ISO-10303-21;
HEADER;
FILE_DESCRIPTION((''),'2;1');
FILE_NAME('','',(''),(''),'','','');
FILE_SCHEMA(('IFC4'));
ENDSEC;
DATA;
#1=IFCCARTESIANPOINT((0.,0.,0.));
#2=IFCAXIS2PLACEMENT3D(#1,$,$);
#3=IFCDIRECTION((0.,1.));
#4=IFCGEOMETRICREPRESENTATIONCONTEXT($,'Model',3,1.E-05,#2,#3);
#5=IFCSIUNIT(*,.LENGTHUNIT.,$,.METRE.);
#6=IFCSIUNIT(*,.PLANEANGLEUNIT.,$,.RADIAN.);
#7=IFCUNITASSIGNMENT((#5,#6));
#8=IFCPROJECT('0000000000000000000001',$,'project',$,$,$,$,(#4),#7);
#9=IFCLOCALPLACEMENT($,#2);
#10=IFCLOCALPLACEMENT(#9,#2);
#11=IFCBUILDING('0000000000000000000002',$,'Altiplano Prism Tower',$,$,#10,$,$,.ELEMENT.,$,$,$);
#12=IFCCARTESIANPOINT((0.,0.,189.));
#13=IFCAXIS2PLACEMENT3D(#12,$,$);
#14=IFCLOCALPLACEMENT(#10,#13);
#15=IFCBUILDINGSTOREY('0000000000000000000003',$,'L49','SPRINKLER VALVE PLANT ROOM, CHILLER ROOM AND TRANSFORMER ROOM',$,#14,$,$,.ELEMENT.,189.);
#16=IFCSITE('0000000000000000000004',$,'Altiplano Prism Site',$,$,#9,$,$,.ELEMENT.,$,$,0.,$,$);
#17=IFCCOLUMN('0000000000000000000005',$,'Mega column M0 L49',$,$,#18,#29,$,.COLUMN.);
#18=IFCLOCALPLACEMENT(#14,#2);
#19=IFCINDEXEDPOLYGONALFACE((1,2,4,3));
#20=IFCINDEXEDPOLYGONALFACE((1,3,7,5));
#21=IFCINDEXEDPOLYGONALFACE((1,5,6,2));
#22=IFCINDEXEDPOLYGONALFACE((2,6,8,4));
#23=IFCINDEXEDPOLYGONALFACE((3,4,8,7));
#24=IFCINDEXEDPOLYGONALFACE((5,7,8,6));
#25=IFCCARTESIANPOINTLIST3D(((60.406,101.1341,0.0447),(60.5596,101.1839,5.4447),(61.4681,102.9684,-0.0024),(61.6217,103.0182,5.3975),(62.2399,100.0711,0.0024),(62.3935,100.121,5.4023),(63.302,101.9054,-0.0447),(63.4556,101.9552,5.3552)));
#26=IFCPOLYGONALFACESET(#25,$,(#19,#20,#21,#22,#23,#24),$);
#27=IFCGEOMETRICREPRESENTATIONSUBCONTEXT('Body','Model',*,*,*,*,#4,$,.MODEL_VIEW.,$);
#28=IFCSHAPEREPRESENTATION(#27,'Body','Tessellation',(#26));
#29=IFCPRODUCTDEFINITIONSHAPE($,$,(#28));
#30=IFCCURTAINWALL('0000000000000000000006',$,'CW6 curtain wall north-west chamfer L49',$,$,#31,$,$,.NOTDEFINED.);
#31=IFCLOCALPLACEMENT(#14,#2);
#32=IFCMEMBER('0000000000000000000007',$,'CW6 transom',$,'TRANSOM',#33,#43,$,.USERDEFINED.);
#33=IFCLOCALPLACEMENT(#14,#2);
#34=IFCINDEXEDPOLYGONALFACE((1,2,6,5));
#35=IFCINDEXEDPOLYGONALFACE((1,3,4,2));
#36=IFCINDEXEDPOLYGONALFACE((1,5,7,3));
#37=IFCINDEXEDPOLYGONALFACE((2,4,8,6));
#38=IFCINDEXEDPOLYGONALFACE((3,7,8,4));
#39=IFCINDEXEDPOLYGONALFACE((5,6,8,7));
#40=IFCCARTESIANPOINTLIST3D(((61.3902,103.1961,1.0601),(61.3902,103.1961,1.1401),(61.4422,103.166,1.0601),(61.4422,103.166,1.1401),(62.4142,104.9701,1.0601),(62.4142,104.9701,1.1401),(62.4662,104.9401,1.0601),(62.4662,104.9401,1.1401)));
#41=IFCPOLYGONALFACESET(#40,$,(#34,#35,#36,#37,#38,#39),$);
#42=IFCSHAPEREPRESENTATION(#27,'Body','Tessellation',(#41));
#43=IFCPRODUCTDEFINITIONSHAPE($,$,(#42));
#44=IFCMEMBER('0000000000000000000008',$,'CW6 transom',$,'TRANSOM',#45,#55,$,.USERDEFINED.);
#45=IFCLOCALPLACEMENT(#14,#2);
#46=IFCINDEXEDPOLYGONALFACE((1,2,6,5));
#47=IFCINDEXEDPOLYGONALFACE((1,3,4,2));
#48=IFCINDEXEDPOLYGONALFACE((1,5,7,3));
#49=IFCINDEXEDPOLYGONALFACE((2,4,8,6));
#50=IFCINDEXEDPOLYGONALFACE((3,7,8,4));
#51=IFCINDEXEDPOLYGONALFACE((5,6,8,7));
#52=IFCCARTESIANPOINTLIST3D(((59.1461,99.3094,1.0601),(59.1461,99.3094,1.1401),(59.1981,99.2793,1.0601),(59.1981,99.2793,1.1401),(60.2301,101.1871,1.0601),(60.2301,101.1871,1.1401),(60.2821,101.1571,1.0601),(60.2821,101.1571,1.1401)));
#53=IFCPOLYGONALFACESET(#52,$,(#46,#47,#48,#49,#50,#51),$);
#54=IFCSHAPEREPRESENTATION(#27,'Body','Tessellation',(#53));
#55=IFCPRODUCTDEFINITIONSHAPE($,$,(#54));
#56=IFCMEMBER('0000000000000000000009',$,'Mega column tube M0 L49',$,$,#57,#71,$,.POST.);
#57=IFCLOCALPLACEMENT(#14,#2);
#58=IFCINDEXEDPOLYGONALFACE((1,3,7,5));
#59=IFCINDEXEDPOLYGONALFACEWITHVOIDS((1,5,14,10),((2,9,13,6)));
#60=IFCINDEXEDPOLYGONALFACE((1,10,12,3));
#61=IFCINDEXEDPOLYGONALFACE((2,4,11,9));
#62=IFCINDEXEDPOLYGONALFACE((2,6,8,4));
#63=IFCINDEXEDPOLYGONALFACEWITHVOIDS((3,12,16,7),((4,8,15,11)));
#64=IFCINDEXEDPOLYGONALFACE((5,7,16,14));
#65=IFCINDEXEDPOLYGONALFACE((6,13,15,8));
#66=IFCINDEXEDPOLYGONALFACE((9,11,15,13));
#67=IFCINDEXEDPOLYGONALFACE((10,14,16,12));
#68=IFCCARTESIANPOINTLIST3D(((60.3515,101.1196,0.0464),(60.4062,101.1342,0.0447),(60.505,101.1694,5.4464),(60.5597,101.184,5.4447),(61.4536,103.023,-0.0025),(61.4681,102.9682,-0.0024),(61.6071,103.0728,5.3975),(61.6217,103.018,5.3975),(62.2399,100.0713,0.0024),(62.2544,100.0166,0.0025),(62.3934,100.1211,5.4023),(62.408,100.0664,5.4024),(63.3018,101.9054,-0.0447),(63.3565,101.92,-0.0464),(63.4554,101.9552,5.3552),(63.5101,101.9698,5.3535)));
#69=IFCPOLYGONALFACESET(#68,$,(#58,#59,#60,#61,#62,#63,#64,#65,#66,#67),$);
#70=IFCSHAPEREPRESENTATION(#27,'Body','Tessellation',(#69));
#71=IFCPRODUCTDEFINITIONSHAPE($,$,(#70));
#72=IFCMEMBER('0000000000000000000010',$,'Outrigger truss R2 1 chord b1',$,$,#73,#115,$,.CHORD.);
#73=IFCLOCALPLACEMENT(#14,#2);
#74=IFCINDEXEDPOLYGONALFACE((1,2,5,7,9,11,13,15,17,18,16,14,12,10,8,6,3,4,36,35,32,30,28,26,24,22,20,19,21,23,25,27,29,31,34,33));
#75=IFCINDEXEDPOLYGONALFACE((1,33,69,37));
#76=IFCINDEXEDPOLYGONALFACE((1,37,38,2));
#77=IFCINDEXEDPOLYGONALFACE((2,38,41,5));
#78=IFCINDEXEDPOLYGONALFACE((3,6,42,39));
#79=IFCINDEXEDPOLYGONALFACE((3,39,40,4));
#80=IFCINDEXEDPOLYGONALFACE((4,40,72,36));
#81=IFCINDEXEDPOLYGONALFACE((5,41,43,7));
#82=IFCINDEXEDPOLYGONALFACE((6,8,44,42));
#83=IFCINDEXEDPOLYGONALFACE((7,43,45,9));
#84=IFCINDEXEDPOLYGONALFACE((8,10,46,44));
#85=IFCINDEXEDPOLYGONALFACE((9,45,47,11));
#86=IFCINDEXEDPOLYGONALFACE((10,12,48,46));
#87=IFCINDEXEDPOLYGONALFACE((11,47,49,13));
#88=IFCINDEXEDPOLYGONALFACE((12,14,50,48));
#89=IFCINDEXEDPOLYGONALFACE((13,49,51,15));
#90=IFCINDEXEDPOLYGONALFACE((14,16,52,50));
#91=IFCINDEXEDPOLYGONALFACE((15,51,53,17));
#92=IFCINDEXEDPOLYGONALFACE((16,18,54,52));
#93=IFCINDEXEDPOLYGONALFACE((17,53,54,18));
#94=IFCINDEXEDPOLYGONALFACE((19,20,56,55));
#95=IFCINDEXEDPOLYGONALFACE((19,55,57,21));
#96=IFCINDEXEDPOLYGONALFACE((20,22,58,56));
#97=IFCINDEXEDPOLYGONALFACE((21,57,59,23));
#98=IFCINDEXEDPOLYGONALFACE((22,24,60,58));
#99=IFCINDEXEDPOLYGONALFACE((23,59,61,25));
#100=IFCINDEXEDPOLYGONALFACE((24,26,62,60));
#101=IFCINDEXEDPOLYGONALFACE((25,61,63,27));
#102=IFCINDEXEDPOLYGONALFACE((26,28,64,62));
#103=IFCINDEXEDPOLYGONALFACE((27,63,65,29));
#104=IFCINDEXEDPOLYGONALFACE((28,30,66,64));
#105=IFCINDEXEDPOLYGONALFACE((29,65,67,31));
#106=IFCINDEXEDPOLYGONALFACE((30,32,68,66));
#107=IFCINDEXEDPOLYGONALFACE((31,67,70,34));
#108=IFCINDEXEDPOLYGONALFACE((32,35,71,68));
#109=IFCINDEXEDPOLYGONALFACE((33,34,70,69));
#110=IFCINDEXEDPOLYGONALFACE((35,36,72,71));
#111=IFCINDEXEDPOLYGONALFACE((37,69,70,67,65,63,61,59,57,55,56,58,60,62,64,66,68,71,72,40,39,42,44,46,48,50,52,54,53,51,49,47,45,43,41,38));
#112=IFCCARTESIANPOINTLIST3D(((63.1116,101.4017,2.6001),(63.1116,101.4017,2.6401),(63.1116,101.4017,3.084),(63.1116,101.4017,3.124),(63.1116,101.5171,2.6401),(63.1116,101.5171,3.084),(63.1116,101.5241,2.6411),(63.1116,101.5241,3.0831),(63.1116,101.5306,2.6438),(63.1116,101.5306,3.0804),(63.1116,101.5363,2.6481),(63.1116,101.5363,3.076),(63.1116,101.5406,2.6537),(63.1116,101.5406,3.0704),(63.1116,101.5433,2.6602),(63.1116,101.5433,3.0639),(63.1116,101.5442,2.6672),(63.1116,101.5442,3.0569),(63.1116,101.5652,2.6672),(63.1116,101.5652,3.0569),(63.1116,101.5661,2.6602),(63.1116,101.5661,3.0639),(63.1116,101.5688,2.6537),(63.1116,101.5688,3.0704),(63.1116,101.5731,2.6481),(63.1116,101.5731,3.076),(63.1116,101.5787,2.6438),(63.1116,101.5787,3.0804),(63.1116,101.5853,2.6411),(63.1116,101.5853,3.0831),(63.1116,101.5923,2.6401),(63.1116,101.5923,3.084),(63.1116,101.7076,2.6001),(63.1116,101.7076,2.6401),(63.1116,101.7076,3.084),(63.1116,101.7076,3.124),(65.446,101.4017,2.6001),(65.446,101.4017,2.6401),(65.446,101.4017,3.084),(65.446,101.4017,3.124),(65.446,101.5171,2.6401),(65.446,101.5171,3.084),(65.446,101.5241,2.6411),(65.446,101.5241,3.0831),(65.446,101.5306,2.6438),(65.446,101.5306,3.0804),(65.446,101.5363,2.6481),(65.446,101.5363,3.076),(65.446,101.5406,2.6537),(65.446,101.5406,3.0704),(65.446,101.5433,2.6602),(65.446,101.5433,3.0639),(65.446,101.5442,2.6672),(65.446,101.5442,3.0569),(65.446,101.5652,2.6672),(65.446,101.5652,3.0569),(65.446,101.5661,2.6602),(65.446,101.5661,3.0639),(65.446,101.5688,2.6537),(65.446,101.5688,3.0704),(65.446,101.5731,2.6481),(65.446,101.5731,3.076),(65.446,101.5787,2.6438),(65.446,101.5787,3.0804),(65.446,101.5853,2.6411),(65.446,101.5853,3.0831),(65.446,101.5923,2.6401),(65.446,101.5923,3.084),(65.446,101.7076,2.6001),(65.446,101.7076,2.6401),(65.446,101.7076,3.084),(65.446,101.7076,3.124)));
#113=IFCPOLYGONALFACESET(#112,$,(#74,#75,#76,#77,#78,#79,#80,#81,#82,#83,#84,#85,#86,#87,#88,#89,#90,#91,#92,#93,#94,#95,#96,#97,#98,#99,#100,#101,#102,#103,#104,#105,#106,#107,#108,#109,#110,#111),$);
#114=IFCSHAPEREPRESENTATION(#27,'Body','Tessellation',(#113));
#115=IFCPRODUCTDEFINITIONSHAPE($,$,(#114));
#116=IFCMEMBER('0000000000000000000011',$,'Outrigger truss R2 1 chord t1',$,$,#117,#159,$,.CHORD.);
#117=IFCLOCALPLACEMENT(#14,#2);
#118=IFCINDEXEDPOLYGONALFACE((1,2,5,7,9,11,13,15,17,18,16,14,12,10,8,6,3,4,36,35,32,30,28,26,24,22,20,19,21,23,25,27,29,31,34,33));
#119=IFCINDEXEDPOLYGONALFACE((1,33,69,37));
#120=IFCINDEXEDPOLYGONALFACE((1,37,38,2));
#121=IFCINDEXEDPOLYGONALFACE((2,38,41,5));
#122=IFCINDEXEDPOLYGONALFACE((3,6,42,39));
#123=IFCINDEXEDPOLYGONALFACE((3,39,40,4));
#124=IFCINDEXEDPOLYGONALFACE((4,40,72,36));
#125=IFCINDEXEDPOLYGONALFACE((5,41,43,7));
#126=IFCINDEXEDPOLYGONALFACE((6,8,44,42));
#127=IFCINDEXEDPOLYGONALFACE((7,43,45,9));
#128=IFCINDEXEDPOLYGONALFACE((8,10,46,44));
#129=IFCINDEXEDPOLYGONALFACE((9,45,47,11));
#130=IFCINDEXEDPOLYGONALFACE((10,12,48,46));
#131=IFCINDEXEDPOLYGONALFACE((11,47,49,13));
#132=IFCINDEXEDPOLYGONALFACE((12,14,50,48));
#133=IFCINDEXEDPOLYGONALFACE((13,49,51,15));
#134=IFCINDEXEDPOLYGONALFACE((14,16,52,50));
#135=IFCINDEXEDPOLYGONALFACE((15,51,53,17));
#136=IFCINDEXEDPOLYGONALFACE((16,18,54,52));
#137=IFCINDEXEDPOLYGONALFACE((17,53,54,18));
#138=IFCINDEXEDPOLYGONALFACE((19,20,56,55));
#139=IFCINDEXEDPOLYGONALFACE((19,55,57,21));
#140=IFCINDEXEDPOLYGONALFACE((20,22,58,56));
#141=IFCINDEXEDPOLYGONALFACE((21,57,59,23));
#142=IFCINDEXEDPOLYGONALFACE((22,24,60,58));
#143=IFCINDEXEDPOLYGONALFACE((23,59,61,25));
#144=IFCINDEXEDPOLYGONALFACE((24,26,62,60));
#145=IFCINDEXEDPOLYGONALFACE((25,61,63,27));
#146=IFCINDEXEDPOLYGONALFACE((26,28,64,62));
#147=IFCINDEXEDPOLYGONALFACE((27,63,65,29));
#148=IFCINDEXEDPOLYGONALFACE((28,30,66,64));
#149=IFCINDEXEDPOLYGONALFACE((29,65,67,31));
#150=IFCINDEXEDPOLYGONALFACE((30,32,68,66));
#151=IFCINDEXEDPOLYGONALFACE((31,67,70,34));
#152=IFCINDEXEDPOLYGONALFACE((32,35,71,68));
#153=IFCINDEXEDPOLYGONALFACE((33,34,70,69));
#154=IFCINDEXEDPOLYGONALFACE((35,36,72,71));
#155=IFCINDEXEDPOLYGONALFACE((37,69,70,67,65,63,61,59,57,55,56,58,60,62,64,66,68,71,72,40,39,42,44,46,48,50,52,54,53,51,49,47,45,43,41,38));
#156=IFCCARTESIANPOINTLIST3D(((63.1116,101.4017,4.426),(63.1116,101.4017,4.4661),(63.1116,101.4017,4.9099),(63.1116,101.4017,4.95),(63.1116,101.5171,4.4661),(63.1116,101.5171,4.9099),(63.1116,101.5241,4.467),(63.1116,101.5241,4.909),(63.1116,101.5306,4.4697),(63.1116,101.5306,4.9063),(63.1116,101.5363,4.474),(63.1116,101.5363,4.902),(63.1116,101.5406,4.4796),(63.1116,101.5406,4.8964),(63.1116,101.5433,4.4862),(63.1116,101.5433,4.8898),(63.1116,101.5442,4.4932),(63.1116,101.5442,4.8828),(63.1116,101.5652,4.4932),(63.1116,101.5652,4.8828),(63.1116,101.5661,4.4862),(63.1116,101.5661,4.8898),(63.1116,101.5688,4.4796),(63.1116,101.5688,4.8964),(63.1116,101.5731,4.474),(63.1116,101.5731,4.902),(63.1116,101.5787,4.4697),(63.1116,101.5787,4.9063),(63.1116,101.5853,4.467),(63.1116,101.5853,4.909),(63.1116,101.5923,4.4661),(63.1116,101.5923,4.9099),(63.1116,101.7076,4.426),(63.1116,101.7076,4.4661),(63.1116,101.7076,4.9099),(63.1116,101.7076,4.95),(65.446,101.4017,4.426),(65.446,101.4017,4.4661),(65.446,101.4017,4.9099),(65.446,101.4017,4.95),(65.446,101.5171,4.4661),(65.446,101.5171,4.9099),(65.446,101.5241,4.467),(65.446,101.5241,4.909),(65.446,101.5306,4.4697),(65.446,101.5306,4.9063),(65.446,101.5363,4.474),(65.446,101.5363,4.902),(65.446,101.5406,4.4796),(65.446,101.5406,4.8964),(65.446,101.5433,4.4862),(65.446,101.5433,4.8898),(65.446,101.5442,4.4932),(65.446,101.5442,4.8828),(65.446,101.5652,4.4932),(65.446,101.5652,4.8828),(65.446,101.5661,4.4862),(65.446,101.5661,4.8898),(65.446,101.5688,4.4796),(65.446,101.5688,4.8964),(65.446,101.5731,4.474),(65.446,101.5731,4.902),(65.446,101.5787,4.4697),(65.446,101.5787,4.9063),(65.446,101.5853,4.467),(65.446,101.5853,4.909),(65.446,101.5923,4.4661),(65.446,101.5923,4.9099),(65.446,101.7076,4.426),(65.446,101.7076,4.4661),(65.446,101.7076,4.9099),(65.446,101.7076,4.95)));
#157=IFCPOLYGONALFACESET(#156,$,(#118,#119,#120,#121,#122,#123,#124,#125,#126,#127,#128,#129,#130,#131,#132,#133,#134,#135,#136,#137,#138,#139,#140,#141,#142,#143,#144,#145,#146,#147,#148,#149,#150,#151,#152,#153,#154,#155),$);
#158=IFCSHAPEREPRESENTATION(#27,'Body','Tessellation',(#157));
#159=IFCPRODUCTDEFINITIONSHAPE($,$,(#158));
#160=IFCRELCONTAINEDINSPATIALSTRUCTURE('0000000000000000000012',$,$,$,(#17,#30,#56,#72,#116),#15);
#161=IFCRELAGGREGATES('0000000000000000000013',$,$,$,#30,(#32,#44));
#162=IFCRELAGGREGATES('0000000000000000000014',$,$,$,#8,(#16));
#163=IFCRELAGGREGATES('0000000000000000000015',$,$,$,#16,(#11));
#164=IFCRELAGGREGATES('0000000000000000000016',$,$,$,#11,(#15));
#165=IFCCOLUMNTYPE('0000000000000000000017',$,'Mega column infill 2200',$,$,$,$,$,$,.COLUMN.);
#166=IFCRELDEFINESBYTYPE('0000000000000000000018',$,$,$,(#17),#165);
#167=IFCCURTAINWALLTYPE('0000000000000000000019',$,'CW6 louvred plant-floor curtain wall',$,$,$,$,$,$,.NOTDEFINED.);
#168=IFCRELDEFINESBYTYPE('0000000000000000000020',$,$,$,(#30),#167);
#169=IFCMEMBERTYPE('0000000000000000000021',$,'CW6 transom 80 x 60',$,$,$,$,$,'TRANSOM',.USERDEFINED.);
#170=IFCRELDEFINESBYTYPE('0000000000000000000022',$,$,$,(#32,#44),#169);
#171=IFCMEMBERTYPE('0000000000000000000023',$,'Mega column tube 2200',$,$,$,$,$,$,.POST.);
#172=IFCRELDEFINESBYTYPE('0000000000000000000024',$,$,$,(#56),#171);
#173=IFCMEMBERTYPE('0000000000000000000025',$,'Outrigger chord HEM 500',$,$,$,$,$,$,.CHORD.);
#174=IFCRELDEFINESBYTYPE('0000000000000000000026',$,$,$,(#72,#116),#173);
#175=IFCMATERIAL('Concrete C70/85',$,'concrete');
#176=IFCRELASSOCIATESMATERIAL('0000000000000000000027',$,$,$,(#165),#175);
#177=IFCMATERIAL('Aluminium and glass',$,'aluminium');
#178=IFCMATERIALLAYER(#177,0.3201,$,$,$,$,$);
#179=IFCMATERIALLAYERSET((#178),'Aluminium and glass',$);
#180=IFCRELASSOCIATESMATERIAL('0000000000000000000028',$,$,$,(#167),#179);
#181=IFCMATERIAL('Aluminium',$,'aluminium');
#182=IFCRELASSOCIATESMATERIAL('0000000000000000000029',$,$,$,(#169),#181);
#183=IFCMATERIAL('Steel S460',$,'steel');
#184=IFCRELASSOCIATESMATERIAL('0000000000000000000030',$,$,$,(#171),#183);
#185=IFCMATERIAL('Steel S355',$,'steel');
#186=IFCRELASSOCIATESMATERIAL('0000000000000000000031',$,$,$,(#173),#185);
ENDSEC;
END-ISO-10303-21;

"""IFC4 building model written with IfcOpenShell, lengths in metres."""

from ifc_helpers import new_model, si_unit, direction, frame, origin, origin_2d, place, context, subcontext, project, spatial, rectangle, hollow_rectangle, i_section, extrude, material, layer, layer_set, material_profile, profile_set, type_object, element, aggregate, save


model = new_model("IFC4")

# Units and contexts
model_context = context("Model", 3, precision=1e-05, world=origin(), true_north=direction((0.0, 1.0)))
body_context = subcontext(model_context, "Body", "Model", "MODEL_VIEW")
ifc_project = project(units=[si_unit("LENGTHUNIT", "METRE"), si_unit("PLANEANGLEUNIT", "RADIAN")], contexts=[model_context])

# Site, building, storey
site_placement = place(None, origin())
site = spatial("IfcSite", under=ifc_project, at=site_placement, Name="Altiplano Prism Site", CompositionType="ELEMENT", RefElevation=0.0)
building_placement = place(site_placement, origin())
building = spatial("IfcBuilding", under=site, at=building_placement, Name="Altiplano Prism Tower", CompositionType="ELEMENT")
storey_placement = place(building_placement, frame((0.0, 0.0, 189.0)))
storey = spatial("IfcBuildingStorey", under=building, at=storey_placement, Name="L49", Description="SPRINKLER VALVE PLANT ROOM, CHILLER ROOM AND TRANSFORMER ROOM", CompositionType="ELEMENT", Elevation=189.0)

# Column
ifc_material_1 = material(Name="Concrete C70/85", Category="concrete")
ifc_material_profile_1 = material_profile(ifc_material_1, rectangle(XDim=2.1201, YDim=2.1201, at=origin_2d()), Name="Mega column infill 2200")
ifc_profile_set_1 = profile_set([ifc_material_profile_1], Name="Concrete C70/85")
column_type = type_object("IfcColumnType", Name="Mega column infill 2200", PredefinedType="COLUMN", material=ifc_profile_set_1)
column_placement = place(storey_placement, frame((61.854, 101.5198, 0.0), z_axis=(0.028426, 0.009219, 0.999553), x_axis=(-0.865003, 0.501369, 0.019975)))
element("IfcColumn", 1, at=column_placement, inside=storey, type_object=column_type, Name="Mega column M0 L49", PredefinedType="COLUMN", context=body_context, shape_type="SweptSolid", body=[
    extrude(rectangle(XDim=2.1201, YDim=2.1201, at=origin_2d()), origin(), (0.0, 0.0, 1.0), 5.4023),
])

# Curtain wall, members
ifc_material_2 = material(Name="Aluminium and glass", Category="aluminium")
ifc_layer_1 = layer(ifc_material_2, 0.3201)
ifc_layer_set_1 = layer_set([ifc_layer_1], Name="Aluminium and glass")
curtain_wall_type = type_object("IfcCurtainWallType", Name="CW6 louvred plant-floor curtain wall", PredefinedType="NOTDEFINED", material=ifc_layer_set_1)
curtain_wall_placement = place(storey_placement, origin())
curtain_wall = element("IfcCurtainWall", 2, at=curtain_wall_placement, inside=storey, type_object=curtain_wall_type, Name="CW6 curtain wall north-west chamfer L49", PredefinedType="NOTDEFINED")
ifc_material_3 = material(Name="Aluminium", Category="aluminium")
ifc_material_profile_2 = material_profile(ifc_material_3, rectangle(XDim=0.0601, YDim=0.0801, at=origin_2d()), Name="CW6 transom 80 x 60")
ifc_profile_set_2 = profile_set([ifc_material_profile_2], Name="Aluminium")
member_type_1 = type_object("IfcMemberType", Name="CW6 transom 80 x 60", ElementType="TRANSOM", PredefinedType="USERDEFINED", material=ifc_profile_set_2)
member_1_placement = place(storey_placement, frame((62.4402, 104.9551, 1.1001), z_axis=(-0.499908, -0.866078, 0.0), x_axis=(0.866078, -0.499908, 0.0)))
member_1 = element("IfcMember", 3, at=member_1_placement, type_object=member_type_1, Name="CW6 transom", ObjectType="TRANSOM", PredefinedType="USERDEFINED", context=body_context, shape_type="SweptSolid", body=[
    extrude(rectangle(XDim=0.0601, YDim=0.0801, at=origin_2d()), origin(), (0.0, 0.0, 1.0), 2.0483),
])
member_2_placement = place(storey_placement, frame((60.2561, 101.1721, 1.1001), z_axis=(-0.499966, -0.866045, 0.0), x_axis=(0.866045, -0.499966, 0.0)))
member_2 = element("IfcMember", 4, at=member_2_placement, type_object=member_type_1, Name="CW6 transom", ObjectType="TRANSOM", PredefinedType="USERDEFINED", context=body_context, shape_type="SweptSolid", body=[
    extrude(rectangle(XDim=0.0601, YDim=0.0801, at=origin_2d()), origin(), (0.0, 0.0, 1.0), 2.1682),
])

# Members
ifc_material_4 = material(Name="Steel S460", Category="steel")
ifc_material_profile_3 = material_profile(ifc_material_4, hollow_rectangle(XDim=2.2, YDim=2.2, WallThickness=0.04, at=origin_2d()), Name="Mega column tube 2200")
ifc_profile_set_3 = profile_set([ifc_material_profile_3], Name="Steel S460")
member_type_2 = type_object("IfcMemberType", Name="Mega column tube 2200", PredefinedType="POST", material=ifc_profile_set_3)
member_3_placement = place(storey_placement, frame((61.854, 101.5198, 0.0), z_axis=(0.028426, 0.009219, 0.999553), x_axis=(-0.865003, 0.501369, 0.019975)))
element("IfcMember", 5, at=member_3_placement, inside=storey, type_object=member_type_2, Name="Mega column tube M0 L49", PredefinedType="POST", context=body_context, shape_type="SweptSolid", body=[
    extrude(hollow_rectangle(XDim=2.2, YDim=2.2, WallThickness=0.04, at=origin_2d()), origin(), (0.0, 0.0, 1.0), 5.4023),
])
ifc_material_5 = material(Name="Steel S355", Category="steel")
ifc_material_profile_4 = material_profile(ifc_material_5, i_section(OverallWidth=0.3059, OverallDepth=0.5239, WebThickness=0.021, FlangeThickness=0.04, FilletRadius=0.0271, at=origin_2d()), Name="Outrigger chord HEM 500")
ifc_profile_set_4 = profile_set([ifc_material_profile_4], Name="Steel S355")
member_type_3 = type_object("IfcMemberType", Name="Outrigger chord HEM 500", PredefinedType="CHORD", material=ifc_profile_set_4)
for number, where, z_axis, x_axis, name in (
    (6, (63.1116, 101.5547, 2.8621), (1.0, 0.0, 0.0), (0.0, 1.0, 0.0), "Outrigger truss R2 1 chord b1"),
    (7, (63.1116, 101.5547, 4.688), (1.0, 0.0, 0.0), (0.0, 1.0, 0.0), "Outrigger truss R2 1 chord t1"),
):
    element("IfcMember", number, at=place(storey_placement, frame(where, z_axis=z_axis, x_axis=x_axis)), inside=storey, type_object=member_type_3, Name=name, PredefinedType="CHORD", context=body_context, shape_type="SweptSolid", body=[
        extrude(i_section(OverallWidth=0.3059, OverallDepth=0.5239, WebThickness=0.021, FlangeThickness=0.04, FilletRadius=0.0271, at=origin_2d()), origin(), (0.0, 0.0, 1.0), 2.3345),
    ])

aggregate(curtain_wall, [member_1, member_2])

save(model, "model.ifc")
